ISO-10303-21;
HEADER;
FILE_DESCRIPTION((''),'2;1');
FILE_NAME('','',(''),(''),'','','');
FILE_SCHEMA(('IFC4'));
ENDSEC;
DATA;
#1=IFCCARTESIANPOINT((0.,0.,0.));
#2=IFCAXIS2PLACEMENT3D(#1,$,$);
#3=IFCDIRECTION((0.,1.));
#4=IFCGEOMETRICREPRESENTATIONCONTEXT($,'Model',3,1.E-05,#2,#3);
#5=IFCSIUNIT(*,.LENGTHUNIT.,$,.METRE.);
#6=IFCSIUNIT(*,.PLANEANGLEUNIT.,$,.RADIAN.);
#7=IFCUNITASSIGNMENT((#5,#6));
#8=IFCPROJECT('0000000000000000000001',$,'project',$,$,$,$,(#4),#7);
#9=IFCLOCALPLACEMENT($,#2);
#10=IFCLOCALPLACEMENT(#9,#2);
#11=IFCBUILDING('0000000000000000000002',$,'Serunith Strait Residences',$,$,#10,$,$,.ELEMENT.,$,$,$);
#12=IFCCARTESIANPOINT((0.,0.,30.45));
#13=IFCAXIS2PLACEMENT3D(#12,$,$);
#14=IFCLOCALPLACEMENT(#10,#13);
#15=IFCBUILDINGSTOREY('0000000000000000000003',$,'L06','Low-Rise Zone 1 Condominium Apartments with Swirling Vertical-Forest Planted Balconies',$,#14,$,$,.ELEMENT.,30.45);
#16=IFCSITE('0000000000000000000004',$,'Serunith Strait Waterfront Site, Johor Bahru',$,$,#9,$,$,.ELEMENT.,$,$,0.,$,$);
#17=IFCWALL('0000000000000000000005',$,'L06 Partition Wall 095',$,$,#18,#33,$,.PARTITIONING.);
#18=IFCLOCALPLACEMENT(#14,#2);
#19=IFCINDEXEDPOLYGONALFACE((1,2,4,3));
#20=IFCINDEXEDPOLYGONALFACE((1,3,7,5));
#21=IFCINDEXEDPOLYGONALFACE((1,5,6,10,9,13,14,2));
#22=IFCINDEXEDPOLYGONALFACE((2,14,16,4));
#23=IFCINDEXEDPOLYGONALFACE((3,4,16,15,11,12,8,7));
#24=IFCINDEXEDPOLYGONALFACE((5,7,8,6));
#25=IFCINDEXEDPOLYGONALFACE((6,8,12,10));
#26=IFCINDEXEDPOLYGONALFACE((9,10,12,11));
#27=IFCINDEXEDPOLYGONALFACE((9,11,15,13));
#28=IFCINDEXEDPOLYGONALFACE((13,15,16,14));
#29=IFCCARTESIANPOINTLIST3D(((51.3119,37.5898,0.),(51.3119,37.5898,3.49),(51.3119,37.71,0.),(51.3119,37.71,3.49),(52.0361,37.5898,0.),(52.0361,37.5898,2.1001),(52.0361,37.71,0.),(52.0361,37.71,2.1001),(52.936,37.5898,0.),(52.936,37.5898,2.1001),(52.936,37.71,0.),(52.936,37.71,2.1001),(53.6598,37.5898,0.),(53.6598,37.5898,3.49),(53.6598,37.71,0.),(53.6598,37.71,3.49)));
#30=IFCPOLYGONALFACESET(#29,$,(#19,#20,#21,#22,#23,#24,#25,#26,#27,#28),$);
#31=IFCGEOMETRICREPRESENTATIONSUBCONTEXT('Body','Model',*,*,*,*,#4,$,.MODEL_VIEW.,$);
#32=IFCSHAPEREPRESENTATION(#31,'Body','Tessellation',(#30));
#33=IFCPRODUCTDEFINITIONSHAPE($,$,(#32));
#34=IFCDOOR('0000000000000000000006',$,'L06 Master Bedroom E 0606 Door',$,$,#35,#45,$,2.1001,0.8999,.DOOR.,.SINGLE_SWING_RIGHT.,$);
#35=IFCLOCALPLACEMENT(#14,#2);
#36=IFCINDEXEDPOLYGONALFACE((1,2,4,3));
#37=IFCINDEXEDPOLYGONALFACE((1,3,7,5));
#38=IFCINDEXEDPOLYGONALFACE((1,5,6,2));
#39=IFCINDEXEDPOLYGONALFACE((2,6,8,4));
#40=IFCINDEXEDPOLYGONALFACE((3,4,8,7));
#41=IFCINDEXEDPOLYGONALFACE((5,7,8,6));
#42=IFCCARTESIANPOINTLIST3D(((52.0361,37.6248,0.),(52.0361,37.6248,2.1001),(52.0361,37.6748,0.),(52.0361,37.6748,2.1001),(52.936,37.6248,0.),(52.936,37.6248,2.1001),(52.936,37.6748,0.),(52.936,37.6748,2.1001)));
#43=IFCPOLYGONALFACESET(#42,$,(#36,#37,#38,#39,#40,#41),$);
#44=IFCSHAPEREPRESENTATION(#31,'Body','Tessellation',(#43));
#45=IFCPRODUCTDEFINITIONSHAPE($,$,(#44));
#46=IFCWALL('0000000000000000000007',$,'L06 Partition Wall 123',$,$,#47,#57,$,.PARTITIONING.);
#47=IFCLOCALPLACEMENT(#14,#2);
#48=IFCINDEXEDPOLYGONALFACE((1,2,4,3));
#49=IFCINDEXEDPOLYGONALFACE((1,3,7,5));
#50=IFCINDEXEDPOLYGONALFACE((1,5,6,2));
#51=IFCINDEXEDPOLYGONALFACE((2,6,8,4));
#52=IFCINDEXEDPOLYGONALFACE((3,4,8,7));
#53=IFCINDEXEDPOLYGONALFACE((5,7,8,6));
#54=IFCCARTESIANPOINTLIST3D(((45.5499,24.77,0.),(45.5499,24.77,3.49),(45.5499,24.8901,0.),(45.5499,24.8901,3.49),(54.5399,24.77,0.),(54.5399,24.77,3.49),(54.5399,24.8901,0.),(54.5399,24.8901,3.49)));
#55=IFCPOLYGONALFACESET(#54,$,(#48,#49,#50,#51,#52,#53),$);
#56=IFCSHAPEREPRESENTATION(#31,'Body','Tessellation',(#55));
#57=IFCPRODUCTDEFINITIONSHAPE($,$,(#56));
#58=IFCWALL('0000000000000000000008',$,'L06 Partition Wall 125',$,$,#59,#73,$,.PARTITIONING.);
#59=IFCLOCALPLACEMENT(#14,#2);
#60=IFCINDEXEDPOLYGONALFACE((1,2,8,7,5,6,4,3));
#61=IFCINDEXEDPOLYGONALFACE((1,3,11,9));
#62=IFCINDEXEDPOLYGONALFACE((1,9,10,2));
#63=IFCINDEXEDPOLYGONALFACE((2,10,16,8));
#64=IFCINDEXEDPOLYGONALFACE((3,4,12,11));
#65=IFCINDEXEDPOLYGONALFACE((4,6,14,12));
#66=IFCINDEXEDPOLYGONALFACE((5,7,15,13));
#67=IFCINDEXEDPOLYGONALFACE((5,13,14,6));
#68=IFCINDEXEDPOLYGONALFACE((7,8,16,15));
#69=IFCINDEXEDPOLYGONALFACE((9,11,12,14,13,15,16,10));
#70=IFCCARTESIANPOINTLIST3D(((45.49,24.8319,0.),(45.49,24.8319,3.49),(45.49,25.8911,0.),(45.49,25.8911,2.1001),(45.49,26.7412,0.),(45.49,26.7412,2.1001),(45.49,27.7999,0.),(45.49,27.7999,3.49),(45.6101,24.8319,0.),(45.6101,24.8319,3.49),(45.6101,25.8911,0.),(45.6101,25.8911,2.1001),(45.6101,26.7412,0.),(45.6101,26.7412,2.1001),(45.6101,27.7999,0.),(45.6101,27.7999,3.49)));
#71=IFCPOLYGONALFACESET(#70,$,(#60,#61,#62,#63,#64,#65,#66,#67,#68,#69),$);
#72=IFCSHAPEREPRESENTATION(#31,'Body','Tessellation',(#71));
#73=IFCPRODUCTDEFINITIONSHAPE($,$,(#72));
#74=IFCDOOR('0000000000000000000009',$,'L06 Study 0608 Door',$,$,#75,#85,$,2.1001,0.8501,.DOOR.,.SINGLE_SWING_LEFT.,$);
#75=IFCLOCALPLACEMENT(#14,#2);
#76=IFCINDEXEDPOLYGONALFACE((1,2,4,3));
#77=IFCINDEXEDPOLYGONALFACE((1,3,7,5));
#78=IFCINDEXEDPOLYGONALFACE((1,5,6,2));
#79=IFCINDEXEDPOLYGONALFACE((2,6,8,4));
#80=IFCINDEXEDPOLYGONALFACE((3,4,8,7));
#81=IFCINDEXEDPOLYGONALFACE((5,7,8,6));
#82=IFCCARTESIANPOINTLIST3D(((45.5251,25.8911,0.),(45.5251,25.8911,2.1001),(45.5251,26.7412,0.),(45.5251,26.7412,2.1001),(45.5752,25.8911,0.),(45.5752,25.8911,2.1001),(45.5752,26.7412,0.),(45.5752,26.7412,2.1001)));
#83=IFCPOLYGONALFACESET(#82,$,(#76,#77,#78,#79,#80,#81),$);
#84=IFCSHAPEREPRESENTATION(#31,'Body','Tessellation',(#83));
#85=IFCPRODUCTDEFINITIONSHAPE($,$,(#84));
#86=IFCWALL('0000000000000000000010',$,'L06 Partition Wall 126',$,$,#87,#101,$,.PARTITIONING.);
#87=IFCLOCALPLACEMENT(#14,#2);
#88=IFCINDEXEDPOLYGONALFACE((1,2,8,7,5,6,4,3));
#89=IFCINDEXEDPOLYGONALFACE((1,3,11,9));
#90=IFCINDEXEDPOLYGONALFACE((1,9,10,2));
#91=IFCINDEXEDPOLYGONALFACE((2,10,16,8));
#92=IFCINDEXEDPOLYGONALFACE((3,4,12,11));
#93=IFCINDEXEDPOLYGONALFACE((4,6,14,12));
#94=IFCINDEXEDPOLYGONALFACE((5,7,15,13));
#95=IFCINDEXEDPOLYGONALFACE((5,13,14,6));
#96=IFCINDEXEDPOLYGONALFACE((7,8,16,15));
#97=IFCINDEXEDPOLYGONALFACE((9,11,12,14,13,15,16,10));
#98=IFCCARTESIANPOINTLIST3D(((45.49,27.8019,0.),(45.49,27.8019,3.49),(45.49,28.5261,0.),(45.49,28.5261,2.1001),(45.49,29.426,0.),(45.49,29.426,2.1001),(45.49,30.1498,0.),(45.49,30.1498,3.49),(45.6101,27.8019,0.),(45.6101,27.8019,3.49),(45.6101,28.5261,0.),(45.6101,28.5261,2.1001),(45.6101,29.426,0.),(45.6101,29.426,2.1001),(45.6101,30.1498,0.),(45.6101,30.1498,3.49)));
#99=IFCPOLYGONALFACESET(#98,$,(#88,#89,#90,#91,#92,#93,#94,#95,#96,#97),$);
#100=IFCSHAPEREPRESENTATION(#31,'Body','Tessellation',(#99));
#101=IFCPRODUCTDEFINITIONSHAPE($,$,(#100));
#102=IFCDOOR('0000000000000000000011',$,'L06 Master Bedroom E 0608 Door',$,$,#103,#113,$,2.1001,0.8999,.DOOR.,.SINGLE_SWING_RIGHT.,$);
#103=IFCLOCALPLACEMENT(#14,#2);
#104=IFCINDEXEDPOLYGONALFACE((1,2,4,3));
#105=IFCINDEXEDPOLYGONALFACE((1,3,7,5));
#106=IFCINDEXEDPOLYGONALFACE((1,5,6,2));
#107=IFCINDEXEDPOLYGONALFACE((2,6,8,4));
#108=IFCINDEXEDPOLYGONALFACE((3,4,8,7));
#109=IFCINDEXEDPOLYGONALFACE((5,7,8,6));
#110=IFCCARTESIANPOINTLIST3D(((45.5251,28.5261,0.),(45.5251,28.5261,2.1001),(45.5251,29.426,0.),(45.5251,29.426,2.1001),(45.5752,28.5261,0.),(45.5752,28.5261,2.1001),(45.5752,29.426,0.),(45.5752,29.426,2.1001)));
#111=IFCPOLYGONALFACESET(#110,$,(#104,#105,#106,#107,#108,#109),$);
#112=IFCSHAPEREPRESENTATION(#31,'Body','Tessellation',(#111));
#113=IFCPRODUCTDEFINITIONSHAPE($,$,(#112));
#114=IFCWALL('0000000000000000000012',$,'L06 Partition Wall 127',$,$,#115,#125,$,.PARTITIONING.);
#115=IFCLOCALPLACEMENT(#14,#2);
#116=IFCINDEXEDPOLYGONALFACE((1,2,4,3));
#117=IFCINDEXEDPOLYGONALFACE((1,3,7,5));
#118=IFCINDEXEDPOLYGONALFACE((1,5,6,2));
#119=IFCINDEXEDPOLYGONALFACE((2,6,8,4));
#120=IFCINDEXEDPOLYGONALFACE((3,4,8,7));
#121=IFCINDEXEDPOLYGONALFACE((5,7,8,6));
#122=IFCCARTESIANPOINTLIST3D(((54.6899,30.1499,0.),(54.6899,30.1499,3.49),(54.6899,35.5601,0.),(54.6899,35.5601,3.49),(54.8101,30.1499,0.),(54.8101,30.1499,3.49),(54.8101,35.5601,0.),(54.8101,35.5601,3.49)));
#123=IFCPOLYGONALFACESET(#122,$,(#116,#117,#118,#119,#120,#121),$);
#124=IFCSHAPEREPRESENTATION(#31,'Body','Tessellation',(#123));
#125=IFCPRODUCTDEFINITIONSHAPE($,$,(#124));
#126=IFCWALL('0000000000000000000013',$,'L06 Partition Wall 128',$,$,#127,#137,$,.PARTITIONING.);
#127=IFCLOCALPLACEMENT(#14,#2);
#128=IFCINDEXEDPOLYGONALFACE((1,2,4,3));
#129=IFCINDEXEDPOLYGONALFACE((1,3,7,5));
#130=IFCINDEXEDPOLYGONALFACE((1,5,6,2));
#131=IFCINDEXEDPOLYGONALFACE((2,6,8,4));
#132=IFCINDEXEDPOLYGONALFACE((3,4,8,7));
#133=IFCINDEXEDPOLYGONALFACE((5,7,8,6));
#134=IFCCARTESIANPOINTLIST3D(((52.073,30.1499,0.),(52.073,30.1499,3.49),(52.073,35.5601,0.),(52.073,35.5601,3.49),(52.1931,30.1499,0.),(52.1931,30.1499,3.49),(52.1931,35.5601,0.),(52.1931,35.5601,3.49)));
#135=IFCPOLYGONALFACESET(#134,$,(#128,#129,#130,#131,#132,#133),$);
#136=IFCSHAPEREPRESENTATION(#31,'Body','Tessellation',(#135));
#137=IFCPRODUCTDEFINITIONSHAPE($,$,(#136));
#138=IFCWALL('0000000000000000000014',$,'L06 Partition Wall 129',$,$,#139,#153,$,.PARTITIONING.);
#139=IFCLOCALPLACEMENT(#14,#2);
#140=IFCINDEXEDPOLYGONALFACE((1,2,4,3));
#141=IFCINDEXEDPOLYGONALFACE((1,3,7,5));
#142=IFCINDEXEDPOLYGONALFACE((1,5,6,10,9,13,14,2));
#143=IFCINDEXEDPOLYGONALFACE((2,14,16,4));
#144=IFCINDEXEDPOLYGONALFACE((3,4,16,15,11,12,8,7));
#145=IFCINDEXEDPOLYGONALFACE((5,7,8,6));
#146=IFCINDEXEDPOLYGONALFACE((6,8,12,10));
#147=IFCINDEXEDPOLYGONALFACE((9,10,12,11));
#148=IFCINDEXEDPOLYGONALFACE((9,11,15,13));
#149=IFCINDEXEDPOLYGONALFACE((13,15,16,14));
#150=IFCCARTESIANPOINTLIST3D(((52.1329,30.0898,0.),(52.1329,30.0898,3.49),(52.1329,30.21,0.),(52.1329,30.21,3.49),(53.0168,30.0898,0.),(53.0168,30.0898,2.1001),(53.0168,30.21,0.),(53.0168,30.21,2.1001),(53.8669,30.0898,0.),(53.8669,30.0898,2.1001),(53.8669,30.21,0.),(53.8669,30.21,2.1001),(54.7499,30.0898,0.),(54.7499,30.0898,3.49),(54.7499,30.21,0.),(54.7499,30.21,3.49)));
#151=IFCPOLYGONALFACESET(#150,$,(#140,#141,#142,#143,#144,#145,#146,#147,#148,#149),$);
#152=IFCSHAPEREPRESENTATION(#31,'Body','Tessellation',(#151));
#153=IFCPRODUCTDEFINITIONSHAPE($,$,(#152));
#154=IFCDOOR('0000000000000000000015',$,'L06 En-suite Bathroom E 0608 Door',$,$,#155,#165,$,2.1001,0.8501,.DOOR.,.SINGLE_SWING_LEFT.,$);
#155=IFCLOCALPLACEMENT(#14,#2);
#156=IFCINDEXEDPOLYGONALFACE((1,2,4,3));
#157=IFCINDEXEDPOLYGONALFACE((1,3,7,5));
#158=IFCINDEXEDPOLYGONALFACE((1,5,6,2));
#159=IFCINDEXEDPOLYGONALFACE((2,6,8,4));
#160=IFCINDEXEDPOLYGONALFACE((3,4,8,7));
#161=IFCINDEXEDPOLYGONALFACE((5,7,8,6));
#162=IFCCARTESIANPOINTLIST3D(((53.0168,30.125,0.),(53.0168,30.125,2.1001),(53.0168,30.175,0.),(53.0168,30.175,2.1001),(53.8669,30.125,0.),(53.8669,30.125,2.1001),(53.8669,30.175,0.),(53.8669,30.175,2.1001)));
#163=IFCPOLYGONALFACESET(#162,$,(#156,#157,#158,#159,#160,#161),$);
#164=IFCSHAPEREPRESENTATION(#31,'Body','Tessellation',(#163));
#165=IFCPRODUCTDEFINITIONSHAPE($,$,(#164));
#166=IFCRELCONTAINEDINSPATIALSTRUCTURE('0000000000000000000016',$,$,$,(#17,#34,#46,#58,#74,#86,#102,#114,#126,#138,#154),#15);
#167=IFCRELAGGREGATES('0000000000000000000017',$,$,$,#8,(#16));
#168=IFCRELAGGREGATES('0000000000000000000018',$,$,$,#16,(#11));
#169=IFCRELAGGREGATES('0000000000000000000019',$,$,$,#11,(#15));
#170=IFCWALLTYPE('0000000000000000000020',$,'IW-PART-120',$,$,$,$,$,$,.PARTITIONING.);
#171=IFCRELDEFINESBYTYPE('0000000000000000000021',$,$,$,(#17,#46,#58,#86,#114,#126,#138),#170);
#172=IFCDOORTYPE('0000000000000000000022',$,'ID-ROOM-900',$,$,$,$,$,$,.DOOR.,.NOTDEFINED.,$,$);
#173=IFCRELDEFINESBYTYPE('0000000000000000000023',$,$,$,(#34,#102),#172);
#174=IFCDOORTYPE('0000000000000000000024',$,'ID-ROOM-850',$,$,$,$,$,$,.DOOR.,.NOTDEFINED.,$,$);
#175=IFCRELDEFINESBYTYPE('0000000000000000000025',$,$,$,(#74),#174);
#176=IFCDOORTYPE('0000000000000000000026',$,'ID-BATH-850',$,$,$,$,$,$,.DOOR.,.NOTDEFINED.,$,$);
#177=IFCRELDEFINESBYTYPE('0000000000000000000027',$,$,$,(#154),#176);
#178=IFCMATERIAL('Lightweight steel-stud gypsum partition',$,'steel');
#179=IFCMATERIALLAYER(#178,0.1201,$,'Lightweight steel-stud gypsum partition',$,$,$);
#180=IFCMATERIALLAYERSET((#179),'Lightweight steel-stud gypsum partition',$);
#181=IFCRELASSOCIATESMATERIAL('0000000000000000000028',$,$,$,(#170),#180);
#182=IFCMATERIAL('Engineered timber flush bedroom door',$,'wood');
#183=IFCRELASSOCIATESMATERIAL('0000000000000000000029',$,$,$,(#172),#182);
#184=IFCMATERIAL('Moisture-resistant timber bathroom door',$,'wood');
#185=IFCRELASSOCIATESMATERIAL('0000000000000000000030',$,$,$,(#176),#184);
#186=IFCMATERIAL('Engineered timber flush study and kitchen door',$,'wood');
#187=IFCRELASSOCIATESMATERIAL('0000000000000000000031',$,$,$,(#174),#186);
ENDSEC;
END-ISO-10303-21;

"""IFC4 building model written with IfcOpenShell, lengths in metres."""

from ifc_helpers import new_model, si_unit, direction, frame, frame_2d, origin, place, context, subcontext, project, spatial, rectangle, extrude, source, transform, mapped, material, layer, layer_set, type_object, element, fill, save


model = new_model("IFC4")

# Units and contexts
model_context = context("Model", 3, precision=1e-05, world=origin(), true_north=direction((0.0, 1.0)))
body_context = subcontext(model_context, "Body", "Model", "MODEL_VIEW")
ifc_project = project(units=[si_unit("LENGTHUNIT", "METRE"), si_unit("PLANEANGLEUNIT", "RADIAN")], contexts=[model_context])

# Site, building, storey
site_placement = place(None, origin())
site = spatial("IfcSite", under=ifc_project, at=site_placement, Name="Serunith Strait Waterfront Site, Johor Bahru", CompositionType="ELEMENT", RefElevation=0.0)
building_placement = place(site_placement, origin())
building = spatial("IfcBuilding", under=site, at=building_placement, Name="Serunith Strait Residences", CompositionType="ELEMENT")
storey_placement = place(building_placement, frame((0.0, 0.0, 30.45)))
storey = spatial("IfcBuildingStorey", under=building, at=storey_placement, Name="L06", Description="Low-Rise Zone 1 Condominium Apartments with Swirling Vertical-Forest Planted Balconies", CompositionType="ELEMENT", Elevation=30.45)

# Wall, opening, door
ifc_material_1 = material(Name="Lightweight steel-stud gypsum partition", Category="steel")
ifc_layer = layer(ifc_material_1, 0.1201, Name="Lightweight steel-stud gypsum partition")
ifc_layer_set = layer_set([ifc_layer], Name="Lightweight steel-stud gypsum partition")
wall_type = type_object("IfcWallType", Name="IW-PART-120", PredefinedType="PARTITIONING", material=ifc_layer_set)
ifc_material_2 = material(Name="Engineered timber flush bedroom door", Category="wood")
door_type_1 = type_object("IfcDoorType", Name="ID-ROOM-900", OperationType="NOTDEFINED", PredefinedType="DOOR", material=ifc_material_2)
shared_shape_1 = source(origin(), body_context, "Body", "SweptSolid", [
    extrude(rectangle(XDim=0.8999, YDim=2.1001, at=frame_2d((0.45, 1.05))), frame((0.0, 0.0249, 0.0), z_axis=(0.0, -1.0, 0.0), x_axis=(1.0, 0.0, 0.0)), (0.0, 0.0, 1.0), 0.05),
])
ifc_material_3 = material(Name="Moisture-resistant timber bathroom door", Category="wood")
door_type_2 = type_object("IfcDoorType", Name="ID-BATH-850", OperationType="NOTDEFINED", PredefinedType="DOOR", material=ifc_material_3)
shared_shape_2 = source(origin(), body_context, "Body", "SweptSolid", [
    extrude(rectangle(XDim=0.8501, YDim=2.1001, at=frame_2d((0.425, 1.05))), frame((0.0, 0.0249, 0.0), z_axis=(0.0, -1.0, 0.0), x_axis=(1.0, 0.0, 0.0)), (0.0, 0.0, 1.0), 0.05),
])
ifc_material_4 = material(Name="Engineered timber flush study and kitchen door", Category="wood")
door_type_3 = type_object("IfcDoorType", Name="ID-ROOM-850", OperationType="NOTDEFINED", PredefinedType="DOOR", material=ifc_material_4)
wall_1_placement = place(storey_placement, frame((51.312, 37.6499, 0.0), z_axis=(0.0, 0.0, 1.0), x_axis=(1.0, 0.0, 0.0)))
wall_1 = element("IfcWall", 1, at=wall_1_placement, inside=storey, type_object=wall_type, Name="L06 Partition Wall 095", PredefinedType="PARTITIONING", context=body_context, shape_type="SweptSolid", body=[
    extrude(rectangle(XDim=2.3479, YDim=0.1201, at=frame_2d((1.1738, 0.0))), origin(), (0.0, 0.0, 1.0), 3.49),
])
opening_1_placement = place(wall_1_placement, frame((0.7241, 0.0, 0.0)))
opening_1 = element("IfcOpeningElement", 2, at=opening_1_placement, cuts=wall_1, PredefinedType="OPENING", context=body_context, shape_type="SweptSolid", body=[
    extrude(rectangle(XDim=0.8999, YDim=2.1001, at=frame_2d((0.45, 1.05))), frame((0.0, 0.0701, 0.0), z_axis=(0.0, -1.0, 0.0), x_axis=(1.0, 0.0, 0.0)), (0.0, 0.0, 1.0), 0.1401),
])
door_1_placement = place(opening_1_placement, origin())
door_1 = element("IfcDoor", 3, at=door_1_placement, inside=storey, type_object=door_type_1, Name="L06 Master Bedroom E 0606 Door", OperationType="SINGLE_SWING_RIGHT", OverallHeight=2.1001, OverallWidth=0.8999, PredefinedType="DOOR", context=body_context, shape_type="MappedRepresentation", body=[
    mapped(shared_shape_1, transform((0.0, 0.0, 0.0), scale=1.0)),
])
fill(opening_1, door_1)

# Wall
wall_2_placement = place(storey_placement, frame((54.54, 24.8301, 0.0), z_axis=(0.0, 0.0, 1.0), x_axis=(-1.0, 0.0, 0.0)))
element("IfcWall", 4, at=wall_2_placement, inside=storey, type_object=wall_type, Name="L06 Partition Wall 123", PredefinedType="PARTITIONING", context=body_context, shape_type="SweptSolid", body=[
    extrude(rectangle(XDim=8.99, YDim=0.1201, at=frame_2d((4.4951, 0.0))), origin(), (0.0, 0.0, 1.0), 3.49),
])

# Walls, openings, doors
wall_3_placement = place(storey_placement, frame((45.55, 24.832, 0.0), z_axis=(0.0, 0.0, 1.0), x_axis=(0.0, 1.0, 0.0)))
wall_3 = element("IfcWall", 5, at=wall_3_placement, inside=storey, type_object=wall_type, Name="L06 Partition Wall 125", PredefinedType="PARTITIONING", context=body_context, shape_type="SweptSolid", body=[
    extrude(rectangle(XDim=2.968, YDim=0.1201, at=frame_2d((1.4839, 0.0))), origin(), (0.0, 0.0, 1.0), 3.49),
])
opening_2_placement = place(wall_3_placement, frame((1.0591, 0.0, 0.0)))
opening_2 = element("IfcOpeningElement", 6, at=opening_2_placement, cuts=wall_3, PredefinedType="OPENING", context=body_context, shape_type="SweptSolid", body=[
    extrude(rectangle(XDim=0.8501, YDim=2.1001, at=frame_2d((0.425, 1.05))), frame((0.0, 0.0701, 0.0), z_axis=(0.0, -1.0, 0.0), x_axis=(1.0, 0.0, 0.0)), (0.0, 0.0, 1.0), 0.1401),
])
door_2_placement = place(opening_2_placement, origin())
door_2 = element("IfcDoor", 7, at=door_2_placement, inside=storey, type_object=door_type_3, Name="L06 Study 0608 Door", OperationType="SINGLE_SWING_LEFT", OverallHeight=2.1001, OverallWidth=0.8501, PredefinedType="DOOR", context=body_context, shape_type="MappedRepresentation", body=[
    mapped(shared_shape_2, transform((0.0, 0.0, 0.0), scale=1.0)),
])
fill(opening_2, door_2)
wall_4_placement = place(storey_placement, frame((45.55, 27.802, 0.0), z_axis=(0.0, 0.0, 1.0), x_axis=(0.0, 1.0, 0.0)))
wall_4 = element("IfcWall", 8, at=wall_4_placement, inside=storey, type_object=wall_type, Name="L06 Partition Wall 126", PredefinedType="PARTITIONING", context=body_context, shape_type="SweptSolid", body=[
    extrude(rectangle(XDim=2.3479, YDim=0.1201, at=frame_2d((1.1738, 0.0))), origin(), (0.0, 0.0, 1.0), 3.49),
])
opening_3_placement = place(wall_4_placement, frame((0.7241, 0.0, 0.0)))
opening_3 = element("IfcOpeningElement", 9, at=opening_3_placement, cuts=wall_4, PredefinedType="OPENING", context=body_context, shape_type="SweptSolid", body=[
    extrude(rectangle(XDim=0.8999, YDim=2.1001, at=frame_2d((0.45, 1.05))), frame((0.0, 0.0701, 0.0), z_axis=(0.0, -1.0, 0.0), x_axis=(1.0, 0.0, 0.0)), (0.0, 0.0, 1.0), 0.1401),
])
door_3_placement = place(opening_3_placement, origin())
door_3 = element("IfcDoor", 10, at=door_3_placement, inside=storey, type_object=door_type_1, Name="L06 Master Bedroom E 0608 Door", OperationType="SINGLE_SWING_RIGHT", OverallHeight=2.1001, OverallWidth=0.8999, PredefinedType="DOOR", context=body_context, shape_type="MappedRepresentation", body=[
    mapped(shared_shape_1, transform((0.0, 0.0, 0.0), scale=1.0)),
])
fill(opening_3, door_3)

# Walls
for number, where, z_axis, x_axis, name in (
    (11, (54.75, 30.1499, 0.0), (0.0, 0.0, 1.0), (0.0, 1.0, 0.0), "L06 Partition Wall 127"),
    (12, (52.1331, 30.1499, 0.0), (0.0, 0.0, 1.0), (0.0, 1.0, 0.0), "L06 Partition Wall 128"),
):
    element("IfcWall", number, at=place(storey_placement, frame(where, z_axis=z_axis, x_axis=x_axis)), inside=storey, type_object=wall_type, Name=name, PredefinedType="PARTITIONING", context=body_context, shape_type="SweptSolid", body=[
        extrude(rectangle(XDim=5.4102, YDim=0.1201, at=frame_2d((2.7051, 0.0))), origin(), (0.0, 0.0, 1.0), 3.49),
    ])

# Wall, opening, door
wall_5_placement = place(storey_placement, frame((54.75, 30.1499, 0.0), z_axis=(0.0, 0.0, 1.0), x_axis=(-1.0, 0.0, 0.0)))
wall_5 = element("IfcWall", 13, at=wall_5_placement, inside=storey, type_object=wall_type, Name="L06 Partition Wall 129", PredefinedType="PARTITIONING", context=body_context, shape_type="SweptSolid", body=[
    extrude(rectangle(XDim=2.6169, YDim=0.1201, at=frame_2d((1.3086, 0.0))), origin(), (0.0, 0.0, 1.0), 3.49),
])
opening_4_placement = place(wall_5_placement, frame((0.8831, 0.0, 0.0)))
opening_4 = element("IfcOpeningElement", 14, at=opening_4_placement, cuts=wall_5, PredefinedType="OPENING", context=body_context, shape_type="SweptSolid", body=[
    extrude(rectangle(XDim=0.8501, YDim=2.1001, at=frame_2d((0.425, 1.05))), frame((0.0, 0.0701, 0.0), z_axis=(0.0, -1.0, 0.0), x_axis=(1.0, 0.0, 0.0)), (0.0, 0.0, 1.0), 0.1401),
])
door_4_placement = place(opening_4_placement, origin())
door_4 = element("IfcDoor", 15, at=door_4_placement, inside=storey, type_object=door_type_2, Name="L06 En-suite Bathroom E 0608 Door", OperationType="SINGLE_SWING_LEFT", OverallHeight=2.1001, OverallWidth=0.8501, PredefinedType="DOOR", context=body_context, shape_type="MappedRepresentation", body=[
    mapped(shared_shape_2, transform((0.0, 0.0, 0.0), scale=1.0)),
])
fill(opening_4, door_4)

save(model, "model.ifc")
